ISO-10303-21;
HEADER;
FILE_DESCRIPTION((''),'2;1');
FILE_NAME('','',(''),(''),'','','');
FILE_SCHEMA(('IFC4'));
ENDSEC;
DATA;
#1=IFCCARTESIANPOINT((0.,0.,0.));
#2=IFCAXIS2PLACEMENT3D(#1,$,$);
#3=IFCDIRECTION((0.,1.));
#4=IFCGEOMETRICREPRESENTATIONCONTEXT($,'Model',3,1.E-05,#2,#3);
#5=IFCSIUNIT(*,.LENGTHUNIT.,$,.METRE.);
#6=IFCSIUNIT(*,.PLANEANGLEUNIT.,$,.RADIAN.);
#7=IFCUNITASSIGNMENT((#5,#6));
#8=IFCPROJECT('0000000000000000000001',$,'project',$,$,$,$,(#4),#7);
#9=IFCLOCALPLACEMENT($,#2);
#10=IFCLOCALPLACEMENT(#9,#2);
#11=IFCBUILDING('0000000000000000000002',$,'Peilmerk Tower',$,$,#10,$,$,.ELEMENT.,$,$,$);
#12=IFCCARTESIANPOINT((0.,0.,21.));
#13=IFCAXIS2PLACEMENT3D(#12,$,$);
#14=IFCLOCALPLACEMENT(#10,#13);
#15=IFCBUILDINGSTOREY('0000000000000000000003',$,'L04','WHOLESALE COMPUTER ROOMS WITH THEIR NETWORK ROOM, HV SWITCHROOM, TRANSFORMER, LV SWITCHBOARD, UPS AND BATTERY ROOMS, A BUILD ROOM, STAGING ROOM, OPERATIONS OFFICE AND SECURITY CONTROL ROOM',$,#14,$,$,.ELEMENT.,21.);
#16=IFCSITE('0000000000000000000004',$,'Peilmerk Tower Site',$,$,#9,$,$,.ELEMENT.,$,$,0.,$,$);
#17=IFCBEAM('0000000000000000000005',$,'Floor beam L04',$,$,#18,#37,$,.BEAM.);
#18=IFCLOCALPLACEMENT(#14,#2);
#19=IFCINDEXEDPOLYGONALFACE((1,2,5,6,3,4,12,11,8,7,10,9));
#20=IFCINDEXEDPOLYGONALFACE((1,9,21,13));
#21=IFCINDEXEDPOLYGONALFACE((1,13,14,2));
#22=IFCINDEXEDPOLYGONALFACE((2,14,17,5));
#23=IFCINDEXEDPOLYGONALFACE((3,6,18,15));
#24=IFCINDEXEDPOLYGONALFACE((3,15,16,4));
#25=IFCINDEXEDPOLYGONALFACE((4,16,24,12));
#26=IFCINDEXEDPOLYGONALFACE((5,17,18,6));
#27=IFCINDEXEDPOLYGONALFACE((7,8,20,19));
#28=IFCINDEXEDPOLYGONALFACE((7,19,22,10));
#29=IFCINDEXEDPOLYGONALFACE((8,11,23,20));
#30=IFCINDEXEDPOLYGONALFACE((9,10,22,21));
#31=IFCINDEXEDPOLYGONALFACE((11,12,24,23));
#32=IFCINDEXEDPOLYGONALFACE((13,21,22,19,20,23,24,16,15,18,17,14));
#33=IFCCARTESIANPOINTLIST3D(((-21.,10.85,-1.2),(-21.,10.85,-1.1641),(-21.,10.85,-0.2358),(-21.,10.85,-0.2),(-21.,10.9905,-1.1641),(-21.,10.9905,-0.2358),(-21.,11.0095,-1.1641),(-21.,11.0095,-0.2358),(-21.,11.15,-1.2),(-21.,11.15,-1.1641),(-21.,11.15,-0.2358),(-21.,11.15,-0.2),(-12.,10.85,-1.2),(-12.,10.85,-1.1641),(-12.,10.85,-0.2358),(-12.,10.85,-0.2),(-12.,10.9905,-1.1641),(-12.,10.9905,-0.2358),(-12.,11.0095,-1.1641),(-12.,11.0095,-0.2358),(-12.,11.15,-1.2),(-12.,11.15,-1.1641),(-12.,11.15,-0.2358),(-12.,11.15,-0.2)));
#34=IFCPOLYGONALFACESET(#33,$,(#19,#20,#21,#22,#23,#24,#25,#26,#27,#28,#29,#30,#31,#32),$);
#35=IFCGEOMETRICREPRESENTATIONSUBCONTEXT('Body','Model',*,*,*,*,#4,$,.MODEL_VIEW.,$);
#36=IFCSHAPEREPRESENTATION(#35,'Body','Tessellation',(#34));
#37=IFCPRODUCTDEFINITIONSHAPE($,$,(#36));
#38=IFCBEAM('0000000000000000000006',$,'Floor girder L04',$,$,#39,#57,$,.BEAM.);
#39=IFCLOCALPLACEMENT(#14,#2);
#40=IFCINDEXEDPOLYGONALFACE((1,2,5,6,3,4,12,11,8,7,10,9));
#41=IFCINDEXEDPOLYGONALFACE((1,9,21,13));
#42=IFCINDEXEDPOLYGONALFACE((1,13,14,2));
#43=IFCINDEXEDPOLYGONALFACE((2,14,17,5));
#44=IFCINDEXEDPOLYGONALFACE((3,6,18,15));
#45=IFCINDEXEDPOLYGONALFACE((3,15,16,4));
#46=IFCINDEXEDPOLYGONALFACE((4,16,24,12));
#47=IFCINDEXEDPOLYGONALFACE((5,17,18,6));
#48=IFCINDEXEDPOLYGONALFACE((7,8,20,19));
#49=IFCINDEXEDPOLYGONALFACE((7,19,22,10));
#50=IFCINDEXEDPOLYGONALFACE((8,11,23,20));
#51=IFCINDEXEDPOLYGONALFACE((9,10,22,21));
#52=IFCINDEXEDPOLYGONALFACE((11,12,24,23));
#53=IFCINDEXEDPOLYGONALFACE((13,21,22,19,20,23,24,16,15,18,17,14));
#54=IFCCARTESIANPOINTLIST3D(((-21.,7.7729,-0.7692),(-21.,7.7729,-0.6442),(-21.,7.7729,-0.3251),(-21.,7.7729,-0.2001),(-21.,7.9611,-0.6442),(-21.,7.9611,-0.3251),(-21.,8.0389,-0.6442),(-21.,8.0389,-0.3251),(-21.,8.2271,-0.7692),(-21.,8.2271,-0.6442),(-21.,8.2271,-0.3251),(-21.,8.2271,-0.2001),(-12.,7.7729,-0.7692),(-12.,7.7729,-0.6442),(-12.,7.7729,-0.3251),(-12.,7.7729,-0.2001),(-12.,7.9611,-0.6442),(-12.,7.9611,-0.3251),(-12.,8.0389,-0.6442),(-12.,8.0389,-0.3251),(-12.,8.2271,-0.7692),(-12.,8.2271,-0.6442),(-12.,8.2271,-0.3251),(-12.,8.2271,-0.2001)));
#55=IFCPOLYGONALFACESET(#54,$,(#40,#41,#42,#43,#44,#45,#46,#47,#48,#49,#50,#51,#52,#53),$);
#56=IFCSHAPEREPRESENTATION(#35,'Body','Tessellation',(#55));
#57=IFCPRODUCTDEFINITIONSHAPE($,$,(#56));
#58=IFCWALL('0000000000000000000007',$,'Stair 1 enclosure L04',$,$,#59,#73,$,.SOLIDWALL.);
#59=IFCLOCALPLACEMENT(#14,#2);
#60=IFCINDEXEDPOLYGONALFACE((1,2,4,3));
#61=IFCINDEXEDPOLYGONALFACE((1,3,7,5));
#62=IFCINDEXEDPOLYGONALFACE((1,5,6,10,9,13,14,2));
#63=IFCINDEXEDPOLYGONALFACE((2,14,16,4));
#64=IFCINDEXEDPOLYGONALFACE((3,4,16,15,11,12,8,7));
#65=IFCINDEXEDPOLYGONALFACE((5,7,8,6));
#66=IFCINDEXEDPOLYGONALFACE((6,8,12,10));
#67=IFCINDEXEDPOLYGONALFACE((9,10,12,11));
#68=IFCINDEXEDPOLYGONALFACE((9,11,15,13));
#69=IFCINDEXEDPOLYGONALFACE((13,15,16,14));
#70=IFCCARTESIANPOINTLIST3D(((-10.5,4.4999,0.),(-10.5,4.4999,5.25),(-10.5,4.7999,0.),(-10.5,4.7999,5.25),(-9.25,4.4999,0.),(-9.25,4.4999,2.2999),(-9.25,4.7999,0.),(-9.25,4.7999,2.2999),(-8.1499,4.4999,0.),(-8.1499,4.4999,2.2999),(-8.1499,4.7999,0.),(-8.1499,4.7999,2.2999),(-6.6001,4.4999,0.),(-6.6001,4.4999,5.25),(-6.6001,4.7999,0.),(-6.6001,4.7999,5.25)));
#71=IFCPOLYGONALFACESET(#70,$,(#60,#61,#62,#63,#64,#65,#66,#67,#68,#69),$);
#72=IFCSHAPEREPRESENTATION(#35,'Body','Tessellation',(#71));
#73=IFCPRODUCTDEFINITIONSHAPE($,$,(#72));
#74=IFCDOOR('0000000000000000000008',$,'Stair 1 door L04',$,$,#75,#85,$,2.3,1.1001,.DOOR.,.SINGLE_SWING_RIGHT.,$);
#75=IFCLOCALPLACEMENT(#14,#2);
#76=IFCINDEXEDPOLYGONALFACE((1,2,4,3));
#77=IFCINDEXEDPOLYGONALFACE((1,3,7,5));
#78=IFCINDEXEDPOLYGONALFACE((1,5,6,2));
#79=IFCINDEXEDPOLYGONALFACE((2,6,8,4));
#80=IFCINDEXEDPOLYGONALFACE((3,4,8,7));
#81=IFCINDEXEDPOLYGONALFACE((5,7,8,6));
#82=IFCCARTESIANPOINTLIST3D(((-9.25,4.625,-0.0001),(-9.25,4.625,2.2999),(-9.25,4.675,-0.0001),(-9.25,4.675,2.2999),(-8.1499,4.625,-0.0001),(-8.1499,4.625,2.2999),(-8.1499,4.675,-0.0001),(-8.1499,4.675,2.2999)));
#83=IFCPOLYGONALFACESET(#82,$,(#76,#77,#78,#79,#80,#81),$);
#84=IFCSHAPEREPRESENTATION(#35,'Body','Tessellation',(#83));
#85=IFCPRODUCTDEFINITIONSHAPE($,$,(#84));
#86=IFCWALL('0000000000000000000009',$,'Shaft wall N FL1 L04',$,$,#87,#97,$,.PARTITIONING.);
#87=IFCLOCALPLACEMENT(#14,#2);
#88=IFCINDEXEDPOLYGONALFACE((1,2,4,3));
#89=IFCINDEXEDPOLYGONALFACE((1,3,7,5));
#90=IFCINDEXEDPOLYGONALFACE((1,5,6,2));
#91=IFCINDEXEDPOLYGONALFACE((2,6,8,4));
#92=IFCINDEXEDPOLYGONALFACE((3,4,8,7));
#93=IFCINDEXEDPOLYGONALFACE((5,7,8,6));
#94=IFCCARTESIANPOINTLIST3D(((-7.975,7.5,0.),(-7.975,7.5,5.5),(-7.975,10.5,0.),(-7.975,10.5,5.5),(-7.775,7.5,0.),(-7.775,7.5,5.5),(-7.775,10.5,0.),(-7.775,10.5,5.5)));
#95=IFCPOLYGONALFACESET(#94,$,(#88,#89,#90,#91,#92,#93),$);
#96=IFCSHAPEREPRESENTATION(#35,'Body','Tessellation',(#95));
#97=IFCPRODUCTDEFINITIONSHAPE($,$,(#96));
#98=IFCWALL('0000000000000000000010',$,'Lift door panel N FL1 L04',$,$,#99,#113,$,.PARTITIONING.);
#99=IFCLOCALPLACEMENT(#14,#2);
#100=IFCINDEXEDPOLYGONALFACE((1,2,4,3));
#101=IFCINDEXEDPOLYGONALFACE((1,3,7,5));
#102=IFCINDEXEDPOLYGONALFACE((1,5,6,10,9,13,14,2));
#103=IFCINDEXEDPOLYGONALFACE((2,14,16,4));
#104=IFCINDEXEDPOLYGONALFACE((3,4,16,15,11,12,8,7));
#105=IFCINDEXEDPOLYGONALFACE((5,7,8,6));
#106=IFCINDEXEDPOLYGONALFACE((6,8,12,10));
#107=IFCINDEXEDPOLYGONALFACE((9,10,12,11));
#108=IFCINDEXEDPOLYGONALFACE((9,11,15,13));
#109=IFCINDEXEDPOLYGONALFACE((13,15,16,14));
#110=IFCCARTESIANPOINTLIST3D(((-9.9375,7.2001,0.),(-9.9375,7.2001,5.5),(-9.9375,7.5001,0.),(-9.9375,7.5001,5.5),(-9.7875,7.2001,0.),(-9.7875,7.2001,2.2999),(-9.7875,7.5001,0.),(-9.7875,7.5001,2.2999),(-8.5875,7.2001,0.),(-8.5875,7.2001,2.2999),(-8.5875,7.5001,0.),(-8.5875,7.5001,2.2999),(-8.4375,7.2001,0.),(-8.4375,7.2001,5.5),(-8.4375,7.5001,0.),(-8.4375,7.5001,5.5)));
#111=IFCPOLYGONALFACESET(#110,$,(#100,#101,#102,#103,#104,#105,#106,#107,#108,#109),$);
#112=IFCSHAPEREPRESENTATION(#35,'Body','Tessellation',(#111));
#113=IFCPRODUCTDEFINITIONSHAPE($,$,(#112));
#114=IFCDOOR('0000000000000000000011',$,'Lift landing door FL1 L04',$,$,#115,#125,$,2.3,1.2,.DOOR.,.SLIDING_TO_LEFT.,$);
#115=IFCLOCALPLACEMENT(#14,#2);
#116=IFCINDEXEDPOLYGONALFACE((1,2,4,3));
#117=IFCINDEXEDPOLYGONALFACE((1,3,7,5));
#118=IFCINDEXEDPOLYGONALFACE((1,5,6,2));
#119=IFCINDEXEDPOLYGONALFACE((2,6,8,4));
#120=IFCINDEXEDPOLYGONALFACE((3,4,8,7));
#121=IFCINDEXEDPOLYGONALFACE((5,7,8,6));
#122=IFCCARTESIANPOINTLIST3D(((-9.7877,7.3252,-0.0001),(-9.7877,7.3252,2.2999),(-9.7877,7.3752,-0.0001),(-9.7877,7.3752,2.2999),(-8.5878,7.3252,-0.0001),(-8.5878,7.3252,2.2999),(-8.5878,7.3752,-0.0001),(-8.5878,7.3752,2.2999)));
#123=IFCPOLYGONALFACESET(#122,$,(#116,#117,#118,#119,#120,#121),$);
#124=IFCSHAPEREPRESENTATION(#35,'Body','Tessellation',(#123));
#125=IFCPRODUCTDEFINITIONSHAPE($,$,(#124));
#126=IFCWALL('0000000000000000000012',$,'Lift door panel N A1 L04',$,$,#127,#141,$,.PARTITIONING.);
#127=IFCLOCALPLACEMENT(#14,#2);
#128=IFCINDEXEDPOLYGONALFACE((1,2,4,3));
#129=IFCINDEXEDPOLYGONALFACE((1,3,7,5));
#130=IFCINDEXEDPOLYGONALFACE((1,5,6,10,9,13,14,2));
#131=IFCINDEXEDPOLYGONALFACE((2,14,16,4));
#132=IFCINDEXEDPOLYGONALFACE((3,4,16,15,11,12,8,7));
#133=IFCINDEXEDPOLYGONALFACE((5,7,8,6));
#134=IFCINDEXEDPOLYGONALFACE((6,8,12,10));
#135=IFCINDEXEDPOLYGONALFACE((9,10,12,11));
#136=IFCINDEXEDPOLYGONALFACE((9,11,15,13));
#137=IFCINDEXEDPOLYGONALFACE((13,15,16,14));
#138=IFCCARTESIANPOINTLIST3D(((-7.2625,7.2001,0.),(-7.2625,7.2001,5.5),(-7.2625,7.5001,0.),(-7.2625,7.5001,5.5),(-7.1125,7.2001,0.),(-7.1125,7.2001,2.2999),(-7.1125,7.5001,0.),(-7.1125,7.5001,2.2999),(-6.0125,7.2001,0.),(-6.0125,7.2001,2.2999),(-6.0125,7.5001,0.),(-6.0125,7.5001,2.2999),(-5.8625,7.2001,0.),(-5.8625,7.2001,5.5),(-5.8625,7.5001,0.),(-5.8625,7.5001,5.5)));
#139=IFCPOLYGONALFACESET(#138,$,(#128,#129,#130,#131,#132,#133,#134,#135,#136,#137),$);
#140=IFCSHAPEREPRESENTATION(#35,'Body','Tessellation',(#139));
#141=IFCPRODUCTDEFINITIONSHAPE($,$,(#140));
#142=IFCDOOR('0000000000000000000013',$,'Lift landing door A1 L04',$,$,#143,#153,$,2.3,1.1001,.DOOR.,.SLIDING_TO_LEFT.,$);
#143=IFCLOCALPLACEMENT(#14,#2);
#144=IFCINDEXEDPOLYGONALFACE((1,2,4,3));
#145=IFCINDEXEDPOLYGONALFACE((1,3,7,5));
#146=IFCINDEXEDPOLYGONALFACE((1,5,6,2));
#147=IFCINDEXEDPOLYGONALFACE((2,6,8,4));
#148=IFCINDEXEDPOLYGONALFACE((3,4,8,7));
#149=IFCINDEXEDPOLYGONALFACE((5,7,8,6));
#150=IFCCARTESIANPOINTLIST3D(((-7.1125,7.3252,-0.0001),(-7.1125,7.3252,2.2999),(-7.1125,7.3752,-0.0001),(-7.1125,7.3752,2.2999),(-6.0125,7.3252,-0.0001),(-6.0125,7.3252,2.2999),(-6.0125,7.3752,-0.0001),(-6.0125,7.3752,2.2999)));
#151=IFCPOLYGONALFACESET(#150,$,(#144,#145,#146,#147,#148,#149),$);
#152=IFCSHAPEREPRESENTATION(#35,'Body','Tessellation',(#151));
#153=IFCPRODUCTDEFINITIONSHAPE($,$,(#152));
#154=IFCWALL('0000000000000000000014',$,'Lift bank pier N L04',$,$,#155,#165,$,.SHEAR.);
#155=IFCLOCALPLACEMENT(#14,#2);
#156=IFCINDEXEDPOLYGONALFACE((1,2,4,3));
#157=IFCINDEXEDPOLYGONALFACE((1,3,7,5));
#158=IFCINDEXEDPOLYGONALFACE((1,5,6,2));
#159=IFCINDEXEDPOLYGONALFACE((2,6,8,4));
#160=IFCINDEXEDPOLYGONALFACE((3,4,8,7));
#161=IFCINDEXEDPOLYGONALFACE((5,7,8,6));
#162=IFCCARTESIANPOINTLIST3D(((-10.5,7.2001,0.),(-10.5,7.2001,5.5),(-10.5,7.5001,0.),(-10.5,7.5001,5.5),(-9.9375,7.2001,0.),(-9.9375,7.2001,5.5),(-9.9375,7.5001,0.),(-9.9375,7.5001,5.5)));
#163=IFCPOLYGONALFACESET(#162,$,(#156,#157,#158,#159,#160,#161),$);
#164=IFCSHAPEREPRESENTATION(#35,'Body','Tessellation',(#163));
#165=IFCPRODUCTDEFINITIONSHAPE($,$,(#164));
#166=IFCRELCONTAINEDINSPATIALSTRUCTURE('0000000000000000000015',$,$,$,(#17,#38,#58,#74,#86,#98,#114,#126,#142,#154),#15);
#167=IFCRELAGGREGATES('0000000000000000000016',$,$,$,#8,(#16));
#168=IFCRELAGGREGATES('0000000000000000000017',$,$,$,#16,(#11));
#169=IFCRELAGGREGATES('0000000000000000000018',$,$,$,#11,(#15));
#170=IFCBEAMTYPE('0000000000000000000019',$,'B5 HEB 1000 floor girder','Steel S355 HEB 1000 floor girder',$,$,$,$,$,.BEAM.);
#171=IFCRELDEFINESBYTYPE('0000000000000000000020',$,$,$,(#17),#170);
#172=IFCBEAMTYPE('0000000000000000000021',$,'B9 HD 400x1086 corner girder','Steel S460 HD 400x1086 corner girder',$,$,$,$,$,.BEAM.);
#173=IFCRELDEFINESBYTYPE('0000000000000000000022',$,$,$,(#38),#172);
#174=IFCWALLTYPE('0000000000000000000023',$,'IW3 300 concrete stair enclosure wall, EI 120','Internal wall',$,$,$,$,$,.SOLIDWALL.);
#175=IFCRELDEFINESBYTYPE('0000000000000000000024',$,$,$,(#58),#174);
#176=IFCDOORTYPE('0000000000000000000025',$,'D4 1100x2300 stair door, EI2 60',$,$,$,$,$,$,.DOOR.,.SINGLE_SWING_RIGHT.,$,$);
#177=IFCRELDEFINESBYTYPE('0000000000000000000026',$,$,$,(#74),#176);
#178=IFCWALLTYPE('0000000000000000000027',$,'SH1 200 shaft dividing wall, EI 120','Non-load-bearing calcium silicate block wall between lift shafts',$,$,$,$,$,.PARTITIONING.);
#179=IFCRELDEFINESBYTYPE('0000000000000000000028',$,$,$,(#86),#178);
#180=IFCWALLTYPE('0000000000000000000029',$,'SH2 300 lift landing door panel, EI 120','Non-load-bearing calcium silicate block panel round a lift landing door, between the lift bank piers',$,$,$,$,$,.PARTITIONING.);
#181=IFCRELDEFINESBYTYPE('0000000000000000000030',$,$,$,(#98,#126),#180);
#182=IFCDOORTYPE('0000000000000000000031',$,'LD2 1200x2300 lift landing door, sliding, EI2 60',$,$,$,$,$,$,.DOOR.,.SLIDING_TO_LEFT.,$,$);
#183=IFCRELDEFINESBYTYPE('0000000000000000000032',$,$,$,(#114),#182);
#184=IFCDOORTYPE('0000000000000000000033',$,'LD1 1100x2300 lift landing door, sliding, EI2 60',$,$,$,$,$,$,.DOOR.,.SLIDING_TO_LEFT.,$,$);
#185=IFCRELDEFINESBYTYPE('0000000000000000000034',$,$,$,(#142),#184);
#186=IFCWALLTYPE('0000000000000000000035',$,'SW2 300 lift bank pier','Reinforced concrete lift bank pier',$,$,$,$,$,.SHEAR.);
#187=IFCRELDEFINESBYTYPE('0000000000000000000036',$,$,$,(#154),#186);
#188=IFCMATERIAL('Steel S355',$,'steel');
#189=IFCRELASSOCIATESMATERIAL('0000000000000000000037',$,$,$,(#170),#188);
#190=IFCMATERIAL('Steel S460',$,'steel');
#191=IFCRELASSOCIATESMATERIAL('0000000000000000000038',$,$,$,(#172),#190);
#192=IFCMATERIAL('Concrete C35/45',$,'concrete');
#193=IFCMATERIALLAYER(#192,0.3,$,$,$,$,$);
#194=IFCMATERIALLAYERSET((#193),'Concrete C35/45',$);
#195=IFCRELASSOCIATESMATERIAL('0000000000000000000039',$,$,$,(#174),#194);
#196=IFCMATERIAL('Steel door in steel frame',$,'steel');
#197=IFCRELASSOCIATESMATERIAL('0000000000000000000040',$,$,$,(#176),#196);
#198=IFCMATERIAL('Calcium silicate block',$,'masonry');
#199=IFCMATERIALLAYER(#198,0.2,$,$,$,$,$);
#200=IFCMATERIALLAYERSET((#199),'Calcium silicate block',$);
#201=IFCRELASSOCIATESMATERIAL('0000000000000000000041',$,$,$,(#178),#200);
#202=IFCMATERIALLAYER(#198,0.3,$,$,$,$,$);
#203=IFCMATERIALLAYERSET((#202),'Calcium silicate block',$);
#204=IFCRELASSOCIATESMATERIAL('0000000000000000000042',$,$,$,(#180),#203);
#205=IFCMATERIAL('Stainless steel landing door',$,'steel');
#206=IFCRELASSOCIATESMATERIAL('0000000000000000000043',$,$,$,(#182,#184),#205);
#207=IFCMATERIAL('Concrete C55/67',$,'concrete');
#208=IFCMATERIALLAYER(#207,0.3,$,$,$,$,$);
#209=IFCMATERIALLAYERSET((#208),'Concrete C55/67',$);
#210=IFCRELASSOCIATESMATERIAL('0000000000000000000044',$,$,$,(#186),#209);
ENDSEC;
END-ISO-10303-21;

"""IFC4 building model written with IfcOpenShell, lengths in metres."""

from ifc_helpers import new_model, si_unit, direction, frame, frame_2d, origin, origin_2d, place, context, subcontext, project, spatial, rectangle, i_section, extrude, material, layer, layer_set, material_profile, profile_set, type_object, element, fill, save


model = new_model("IFC4")

# Units and contexts
model_context = context("Model", 3, precision=1e-05, world=origin(), true_north=direction((0.0, 1.0)))
body_context = subcontext(model_context, "Body", "Model", "MODEL_VIEW")
ifc_project = project(units=[si_unit("LENGTHUNIT", "METRE"), si_unit("PLANEANGLEUNIT", "RADIAN")], contexts=[model_context])

# Site, building, storey
site_placement = place(None, origin())
site = spatial("IfcSite", under=ifc_project, at=site_placement, Name="Peilmerk Tower Site", CompositionType="ELEMENT", RefElevation=0.0)
building_placement = place(site_placement, origin())
building = spatial("IfcBuilding", under=site, at=building_placement, Name="Peilmerk Tower", CompositionType="ELEMENT")
storey_placement = place(building_placement, frame((0.0, 0.0, 21.0)))
storey = spatial("IfcBuildingStorey", under=building, at=storey_placement, Name="L04", Description="WHOLESALE COMPUTER ROOMS WITH THEIR NETWORK ROOM, HV SWITCHROOM, TRANSFORMER, LV SWITCHBOARD, UPS AND BATTERY ROOMS, A BUILD ROOM, STAGING ROOM, OPERATIONS OFFICE AND SECURITY CONTROL ROOM", CompositionType="ELEMENT", Elevation=21.0)

# Beams
ifc_material_1 = material(Name="Steel S355", Category="steel")
ifc_material_profile_1 = material_profile(ifc_material_1, i_section(OverallWidth=0.3, OverallDepth=1.0, WebThickness=0.019, FlangeThickness=0.0359, at=origin_2d()), Name="HEB 1000")
ifc_profile_set_1 = profile_set([ifc_material_profile_1], Name="Steel S355")
beam_type_1 = type_object("IfcBeamType", Name="B5 HEB 1000 floor girder", Description="Steel S355 HEB 1000 floor girder", PredefinedType="BEAM", material=ifc_profile_set_1)
beam_1_placement = place(storey_placement, frame((-12.0, 11.0, -0.7), z_axis=(-1.0, 0.0, 0.0), x_axis=(0.0, -1.0, 0.0)))
element("IfcBeam", 1, at=beam_1_placement, inside=storey, type_object=beam_type_1, Name="Floor beam L04", PredefinedType="BEAM", context=body_context, shape_type="SweptSolid", body=[
    extrude(i_section(OverallWidth=0.3, OverallDepth=1.0, WebThickness=0.019, FlangeThickness=0.0359, at=origin_2d()), origin(), (0.0, 0.0, 1.0), 9.0),
])
ifc_material_2 = material(Name="Steel S460", Category="steel")
ifc_material_profile_2 = material_profile(ifc_material_2, i_section(OverallWidth=0.4541, OverallDepth=0.5691, WebThickness=0.0779, FlangeThickness=0.125, at=origin_2d()), Name="HD 400x1086")
ifc_profile_set_2 = profile_set([ifc_material_profile_2], Name="Steel S460")
beam_type_2 = type_object("IfcBeamType", Name="B9 HD 400x1086 corner girder", Description="Steel S460 HD 400x1086 corner girder", PredefinedType="BEAM", material=ifc_profile_set_2)
beam_2_placement = place(storey_placement, frame((-12.0, 8.0, -0.4846), z_axis=(-1.0, 0.0, 0.0), x_axis=(0.0, -1.0, 0.0)))
element("IfcBeam", 2, at=beam_2_placement, inside=storey, type_object=beam_type_2, Name="Floor girder L04", PredefinedType="BEAM", context=body_context, shape_type="SweptSolid", body=[
    extrude(i_section(OverallWidth=0.4541, OverallDepth=0.5691, WebThickness=0.0779, FlangeThickness=0.125, at=origin_2d()), origin(), (0.0, 0.0, 1.0), 9.0),
])

# Wall, opening, door
ifc_material_3 = material(Name="Concrete C35/45", Category="concrete")
ifc_layer_1 = layer(ifc_material_3, 0.3)
ifc_layer_set_1 = layer_set([ifc_layer_1], Name="Concrete C35/45")
wall_type_1 = type_object("IfcWallType", Name="IW3 300 concrete stair enclosure wall, EI 120", Description="Internal wall", PredefinedType="SOLIDWALL", material=ifc_layer_set_1)
wall_1_placement = place(storey_placement, frame((-10.5, 4.6499, 0.0), z_axis=(0.0, 0.0, 1.0), x_axis=(1.0, 0.0, 0.0)))
wall_1 = element("IfcWall", 3, at=wall_1_placement, inside=storey, type_object=wall_type_1, Name="Stair 1 enclosure L04", PredefinedType="SOLIDWALL", context=body_context, shape_type="SweptSolid", body=[
    extrude(rectangle(XDim=3.8999, YDim=0.3, at=frame_2d((1.95, 0.0))), origin(), (0.0, 0.0, 1.0), 5.25),
])
opening_1_placement = place(wall_1_placement, frame((1.25, 0.0, 0.0)))
opening_1 = element("IfcOpeningElement", 4, at=opening_1_placement, cuts=wall_1, PredefinedType="OPENING", context=body_context, shape_type="SweptSolid", body=[
    extrude(rectangle(XDim=1.1001, YDim=2.3, at=frame_2d((0.55, 1.1499))), frame((0.0, 0.1599, 0.0), z_axis=(0.0, -1.0, 0.0), x_axis=(1.0, 0.0, 0.0)), (0.0, 0.0, 1.0), 0.3201),
])
ifc_material_4 = material(Name="Steel door in steel frame", Category="steel")
door_type_1 = type_object("IfcDoorType", Name="D4 1100x2300 stair door, EI2 60", OperationType="SINGLE_SWING_RIGHT", PredefinedType="DOOR", material=ifc_material_4)
door_1_placement = place(opening_1_placement, frame((1.1001, 0.0, 0.0), z_axis=(0.0, 0.0, 1.0), x_axis=(-1.0, 0.0, 0.0)))
door_1 = element("IfcDoor", 5, at=door_1_placement, inside=storey, type_object=door_type_1, Name="Stair 1 door L04", OperationType="SINGLE_SWING_RIGHT", OverallHeight=2.3, OverallWidth=1.1001, PredefinedType="DOOR", context=body_context, shape_type="SweptSolid", body=[
    extrude(rectangle(XDim=1.1001, YDim=2.3, at=frame_2d((0.55, 1.1499))), frame((0.0, 0.0249, 0.0), z_axis=(0.0, -1.0, 0.0), x_axis=(1.0, 0.0, 0.0)), (0.0, 0.0, 1.0), 0.05),
])
fill(opening_1, door_1)

# Wall
ifc_material_5 = material(Name="Calcium silicate block", Category="masonry")
ifc_layer_2 = layer(ifc_material_5, 0.2)
ifc_layer_set_2 = layer_set([ifc_layer_2], Name="Calcium silicate block")
wall_type_2 = type_object("IfcWallType", Name="SH1 200 shaft dividing wall, EI 120", Description="Non-load-bearing calcium silicate block wall between lift shafts", PredefinedType="PARTITIONING", material=ifc_layer_set_2)
wall_2_placement = place(storey_placement, frame((-7.875, 7.5, 0.0), z_axis=(0.0, 0.0, 1.0), x_axis=(0.0, 1.0, 0.0)))
element("IfcWall", 6, at=wall_2_placement, inside=storey, type_object=wall_type_2, Name="Shaft wall N FL1 L04", PredefinedType="PARTITIONING", context=body_context, shape_type="SweptSolid", body=[
    extrude(rectangle(XDim=3.0, YDim=0.2, at=frame_2d((1.5, 0.0))), origin(), (0.0, 0.0, 1.0), 5.5),
])

# Walls, openings, doors
ifc_layer_3 = layer(ifc_material_5, 0.3)
ifc_layer_set_3 = layer_set([ifc_layer_3], Name="Calcium silicate block")
wall_type_3 = type_object("IfcWallType", Name="SH2 300 lift landing door panel, EI 120", Description="Non-load-bearing calcium silicate block panel round a lift landing door, between the lift bank piers", PredefinedType="PARTITIONING", material=ifc_layer_set_3)
wall_3_placement = place(storey_placement, frame((-9.9375, 7.3501, 0.0), z_axis=(0.0, 0.0, 1.0), x_axis=(1.0, 0.0, 0.0)))
wall_3 = element("IfcWall", 7, at=wall_3_placement, inside=storey, type_object=wall_type_3, Name="Lift door panel N FL1 L04", PredefinedType="PARTITIONING", context=body_context, shape_type="SweptSolid", body=[
    extrude(rectangle(XDim=1.5, YDim=0.3, at=frame_2d((0.75, 0.0))), origin(), (0.0, 0.0, 1.0), 5.5),
])
opening_2_placement = place(wall_3_placement, frame((0.1499, 0.0, 0.0)))
opening_2 = element("IfcOpeningElement", 8, at=opening_2_placement, cuts=wall_3, PredefinedType="OPENING", context=body_context, shape_type="SweptSolid", body=[
    extrude(rectangle(XDim=1.2, YDim=2.3, at=frame_2d((0.6001, 1.1499))), frame((0.0, 0.1599, 0.0), z_axis=(0.0, -1.0, 0.0), x_axis=(1.0, 0.0, 0.0)), (0.0, 0.0, 1.0), 0.3201),
])
ifc_material_6 = material(Name="Stainless steel landing door", Category="steel")
door_type_2 = type_object("IfcDoorType", Name="LD2 1200x2300 lift landing door, sliding, EI2 60", OperationType="SLIDING_TO_LEFT", PredefinedType="DOOR", material=ifc_material_6)
door_2_placement = place(opening_2_placement, frame((1.2, 0.0, 0.0), z_axis=(0.0, 0.0, 1.0), x_axis=(-1.0, 0.0, 0.0)))
door_2 = element("IfcDoor", 9, at=door_2_placement, inside=storey, type_object=door_type_2, Name="Lift landing door FL1 L04", OperationType="SLIDING_TO_LEFT", OverallHeight=2.3, OverallWidth=1.2, PredefinedType="DOOR", context=body_context, shape_type="SweptSolid", body=[
    extrude(rectangle(XDim=1.2, YDim=2.3, at=frame_2d((0.6001, 1.1499))), frame((0.0, 0.0249, 0.0), z_axis=(0.0, -1.0, 0.0), x_axis=(1.0, 0.0, 0.0)), (0.0, 0.0, 1.0), 0.05),
])
fill(opening_2, door_2)
wall_4_placement = place(storey_placement, frame((-7.2625, 7.3501, 0.0), z_axis=(0.0, 0.0, 1.0), x_axis=(1.0, 0.0, 0.0)))
wall_4 = element("IfcWall", 10, at=wall_4_placement, inside=storey, type_object=wall_type_3, Name="Lift door panel N A1 L04", PredefinedType="PARTITIONING", context=body_context, shape_type="SweptSolid", body=[
    extrude(rectangle(XDim=1.3999, YDim=0.3, at=frame_2d((0.7, 0.0))), origin(), (0.0, 0.0, 1.0), 5.5),
])
opening_3_placement = place(wall_4_placement, frame((0.1499, 0.0, 0.0)))
opening_3 = element("IfcOpeningElement", 11, at=opening_3_placement, cuts=wall_4, PredefinedType="OPENING", context=body_context, shape_type="SweptSolid", body=[
    extrude(rectangle(XDim=1.1001, YDim=2.3, at=frame_2d((0.55, 1.1499))), frame((0.0, 0.1599, 0.0), z_axis=(0.0, -1.0, 0.0), x_axis=(1.0, 0.0, 0.0)), (0.0, 0.0, 1.0), 0.3201),
])
door_type_3 = type_object("IfcDoorType", Name="LD1 1100x2300 lift landing door, sliding, EI2 60", OperationType="SLIDING_TO_LEFT", PredefinedType="DOOR", material=ifc_material_6)
door_3_placement = place(opening_3_placement, frame((1.1001, 0.0, 0.0), z_axis=(0.0, 0.0, 1.0), x_axis=(-1.0, 0.0, 0.0)))
door_3 = element("IfcDoor", 12, at=door_3_placement, inside=storey, type_object=door_type_3, Name="Lift landing door A1 L04", OperationType="SLIDING_TO_LEFT", OverallHeight=2.3, OverallWidth=1.1001, PredefinedType="DOOR", context=body_context, shape_type="SweptSolid", body=[
    extrude(rectangle(XDim=1.1001, YDim=2.3, at=frame_2d((0.55, 1.1499))), frame((0.0, 0.0249, 0.0), z_axis=(0.0, -1.0, 0.0), x_axis=(1.0, 0.0, 0.0)), (0.0, 0.0, 1.0), 0.05),
])
fill(opening_3, door_3)

# Wall
ifc_material_7 = material(Name="Concrete C55/67", Category="concrete")
ifc_layer_4 = layer(ifc_material_7, 0.3)
ifc_layer_set_4 = layer_set([ifc_layer_4], Name="Concrete C55/67")
wall_type_4 = type_object("IfcWallType", Name="SW2 300 lift bank pier", Description="Reinforced concrete lift bank pier", PredefinedType="SHEAR", material=ifc_layer_set_4)
wall_5_placement = place(storey_placement, frame((-10.5, 7.3501, 0.0), z_axis=(0.0, 0.0, 1.0), x_axis=(1.0, 0.0, 0.0)))
element("IfcWall", 13, at=wall_5_placement, inside=storey, type_object=wall_type_4, Name="Lift bank pier N L04", PredefinedType="SHEAR", context=body_context, shape_type="SweptSolid", body=[
    extrude(rectangle(XDim=0.5625, YDim=0.3, at=frame_2d((0.2812, 0.0))), origin(), (0.0, 0.0, 1.0), 5.5),
])

save(model, "model.ifc")
